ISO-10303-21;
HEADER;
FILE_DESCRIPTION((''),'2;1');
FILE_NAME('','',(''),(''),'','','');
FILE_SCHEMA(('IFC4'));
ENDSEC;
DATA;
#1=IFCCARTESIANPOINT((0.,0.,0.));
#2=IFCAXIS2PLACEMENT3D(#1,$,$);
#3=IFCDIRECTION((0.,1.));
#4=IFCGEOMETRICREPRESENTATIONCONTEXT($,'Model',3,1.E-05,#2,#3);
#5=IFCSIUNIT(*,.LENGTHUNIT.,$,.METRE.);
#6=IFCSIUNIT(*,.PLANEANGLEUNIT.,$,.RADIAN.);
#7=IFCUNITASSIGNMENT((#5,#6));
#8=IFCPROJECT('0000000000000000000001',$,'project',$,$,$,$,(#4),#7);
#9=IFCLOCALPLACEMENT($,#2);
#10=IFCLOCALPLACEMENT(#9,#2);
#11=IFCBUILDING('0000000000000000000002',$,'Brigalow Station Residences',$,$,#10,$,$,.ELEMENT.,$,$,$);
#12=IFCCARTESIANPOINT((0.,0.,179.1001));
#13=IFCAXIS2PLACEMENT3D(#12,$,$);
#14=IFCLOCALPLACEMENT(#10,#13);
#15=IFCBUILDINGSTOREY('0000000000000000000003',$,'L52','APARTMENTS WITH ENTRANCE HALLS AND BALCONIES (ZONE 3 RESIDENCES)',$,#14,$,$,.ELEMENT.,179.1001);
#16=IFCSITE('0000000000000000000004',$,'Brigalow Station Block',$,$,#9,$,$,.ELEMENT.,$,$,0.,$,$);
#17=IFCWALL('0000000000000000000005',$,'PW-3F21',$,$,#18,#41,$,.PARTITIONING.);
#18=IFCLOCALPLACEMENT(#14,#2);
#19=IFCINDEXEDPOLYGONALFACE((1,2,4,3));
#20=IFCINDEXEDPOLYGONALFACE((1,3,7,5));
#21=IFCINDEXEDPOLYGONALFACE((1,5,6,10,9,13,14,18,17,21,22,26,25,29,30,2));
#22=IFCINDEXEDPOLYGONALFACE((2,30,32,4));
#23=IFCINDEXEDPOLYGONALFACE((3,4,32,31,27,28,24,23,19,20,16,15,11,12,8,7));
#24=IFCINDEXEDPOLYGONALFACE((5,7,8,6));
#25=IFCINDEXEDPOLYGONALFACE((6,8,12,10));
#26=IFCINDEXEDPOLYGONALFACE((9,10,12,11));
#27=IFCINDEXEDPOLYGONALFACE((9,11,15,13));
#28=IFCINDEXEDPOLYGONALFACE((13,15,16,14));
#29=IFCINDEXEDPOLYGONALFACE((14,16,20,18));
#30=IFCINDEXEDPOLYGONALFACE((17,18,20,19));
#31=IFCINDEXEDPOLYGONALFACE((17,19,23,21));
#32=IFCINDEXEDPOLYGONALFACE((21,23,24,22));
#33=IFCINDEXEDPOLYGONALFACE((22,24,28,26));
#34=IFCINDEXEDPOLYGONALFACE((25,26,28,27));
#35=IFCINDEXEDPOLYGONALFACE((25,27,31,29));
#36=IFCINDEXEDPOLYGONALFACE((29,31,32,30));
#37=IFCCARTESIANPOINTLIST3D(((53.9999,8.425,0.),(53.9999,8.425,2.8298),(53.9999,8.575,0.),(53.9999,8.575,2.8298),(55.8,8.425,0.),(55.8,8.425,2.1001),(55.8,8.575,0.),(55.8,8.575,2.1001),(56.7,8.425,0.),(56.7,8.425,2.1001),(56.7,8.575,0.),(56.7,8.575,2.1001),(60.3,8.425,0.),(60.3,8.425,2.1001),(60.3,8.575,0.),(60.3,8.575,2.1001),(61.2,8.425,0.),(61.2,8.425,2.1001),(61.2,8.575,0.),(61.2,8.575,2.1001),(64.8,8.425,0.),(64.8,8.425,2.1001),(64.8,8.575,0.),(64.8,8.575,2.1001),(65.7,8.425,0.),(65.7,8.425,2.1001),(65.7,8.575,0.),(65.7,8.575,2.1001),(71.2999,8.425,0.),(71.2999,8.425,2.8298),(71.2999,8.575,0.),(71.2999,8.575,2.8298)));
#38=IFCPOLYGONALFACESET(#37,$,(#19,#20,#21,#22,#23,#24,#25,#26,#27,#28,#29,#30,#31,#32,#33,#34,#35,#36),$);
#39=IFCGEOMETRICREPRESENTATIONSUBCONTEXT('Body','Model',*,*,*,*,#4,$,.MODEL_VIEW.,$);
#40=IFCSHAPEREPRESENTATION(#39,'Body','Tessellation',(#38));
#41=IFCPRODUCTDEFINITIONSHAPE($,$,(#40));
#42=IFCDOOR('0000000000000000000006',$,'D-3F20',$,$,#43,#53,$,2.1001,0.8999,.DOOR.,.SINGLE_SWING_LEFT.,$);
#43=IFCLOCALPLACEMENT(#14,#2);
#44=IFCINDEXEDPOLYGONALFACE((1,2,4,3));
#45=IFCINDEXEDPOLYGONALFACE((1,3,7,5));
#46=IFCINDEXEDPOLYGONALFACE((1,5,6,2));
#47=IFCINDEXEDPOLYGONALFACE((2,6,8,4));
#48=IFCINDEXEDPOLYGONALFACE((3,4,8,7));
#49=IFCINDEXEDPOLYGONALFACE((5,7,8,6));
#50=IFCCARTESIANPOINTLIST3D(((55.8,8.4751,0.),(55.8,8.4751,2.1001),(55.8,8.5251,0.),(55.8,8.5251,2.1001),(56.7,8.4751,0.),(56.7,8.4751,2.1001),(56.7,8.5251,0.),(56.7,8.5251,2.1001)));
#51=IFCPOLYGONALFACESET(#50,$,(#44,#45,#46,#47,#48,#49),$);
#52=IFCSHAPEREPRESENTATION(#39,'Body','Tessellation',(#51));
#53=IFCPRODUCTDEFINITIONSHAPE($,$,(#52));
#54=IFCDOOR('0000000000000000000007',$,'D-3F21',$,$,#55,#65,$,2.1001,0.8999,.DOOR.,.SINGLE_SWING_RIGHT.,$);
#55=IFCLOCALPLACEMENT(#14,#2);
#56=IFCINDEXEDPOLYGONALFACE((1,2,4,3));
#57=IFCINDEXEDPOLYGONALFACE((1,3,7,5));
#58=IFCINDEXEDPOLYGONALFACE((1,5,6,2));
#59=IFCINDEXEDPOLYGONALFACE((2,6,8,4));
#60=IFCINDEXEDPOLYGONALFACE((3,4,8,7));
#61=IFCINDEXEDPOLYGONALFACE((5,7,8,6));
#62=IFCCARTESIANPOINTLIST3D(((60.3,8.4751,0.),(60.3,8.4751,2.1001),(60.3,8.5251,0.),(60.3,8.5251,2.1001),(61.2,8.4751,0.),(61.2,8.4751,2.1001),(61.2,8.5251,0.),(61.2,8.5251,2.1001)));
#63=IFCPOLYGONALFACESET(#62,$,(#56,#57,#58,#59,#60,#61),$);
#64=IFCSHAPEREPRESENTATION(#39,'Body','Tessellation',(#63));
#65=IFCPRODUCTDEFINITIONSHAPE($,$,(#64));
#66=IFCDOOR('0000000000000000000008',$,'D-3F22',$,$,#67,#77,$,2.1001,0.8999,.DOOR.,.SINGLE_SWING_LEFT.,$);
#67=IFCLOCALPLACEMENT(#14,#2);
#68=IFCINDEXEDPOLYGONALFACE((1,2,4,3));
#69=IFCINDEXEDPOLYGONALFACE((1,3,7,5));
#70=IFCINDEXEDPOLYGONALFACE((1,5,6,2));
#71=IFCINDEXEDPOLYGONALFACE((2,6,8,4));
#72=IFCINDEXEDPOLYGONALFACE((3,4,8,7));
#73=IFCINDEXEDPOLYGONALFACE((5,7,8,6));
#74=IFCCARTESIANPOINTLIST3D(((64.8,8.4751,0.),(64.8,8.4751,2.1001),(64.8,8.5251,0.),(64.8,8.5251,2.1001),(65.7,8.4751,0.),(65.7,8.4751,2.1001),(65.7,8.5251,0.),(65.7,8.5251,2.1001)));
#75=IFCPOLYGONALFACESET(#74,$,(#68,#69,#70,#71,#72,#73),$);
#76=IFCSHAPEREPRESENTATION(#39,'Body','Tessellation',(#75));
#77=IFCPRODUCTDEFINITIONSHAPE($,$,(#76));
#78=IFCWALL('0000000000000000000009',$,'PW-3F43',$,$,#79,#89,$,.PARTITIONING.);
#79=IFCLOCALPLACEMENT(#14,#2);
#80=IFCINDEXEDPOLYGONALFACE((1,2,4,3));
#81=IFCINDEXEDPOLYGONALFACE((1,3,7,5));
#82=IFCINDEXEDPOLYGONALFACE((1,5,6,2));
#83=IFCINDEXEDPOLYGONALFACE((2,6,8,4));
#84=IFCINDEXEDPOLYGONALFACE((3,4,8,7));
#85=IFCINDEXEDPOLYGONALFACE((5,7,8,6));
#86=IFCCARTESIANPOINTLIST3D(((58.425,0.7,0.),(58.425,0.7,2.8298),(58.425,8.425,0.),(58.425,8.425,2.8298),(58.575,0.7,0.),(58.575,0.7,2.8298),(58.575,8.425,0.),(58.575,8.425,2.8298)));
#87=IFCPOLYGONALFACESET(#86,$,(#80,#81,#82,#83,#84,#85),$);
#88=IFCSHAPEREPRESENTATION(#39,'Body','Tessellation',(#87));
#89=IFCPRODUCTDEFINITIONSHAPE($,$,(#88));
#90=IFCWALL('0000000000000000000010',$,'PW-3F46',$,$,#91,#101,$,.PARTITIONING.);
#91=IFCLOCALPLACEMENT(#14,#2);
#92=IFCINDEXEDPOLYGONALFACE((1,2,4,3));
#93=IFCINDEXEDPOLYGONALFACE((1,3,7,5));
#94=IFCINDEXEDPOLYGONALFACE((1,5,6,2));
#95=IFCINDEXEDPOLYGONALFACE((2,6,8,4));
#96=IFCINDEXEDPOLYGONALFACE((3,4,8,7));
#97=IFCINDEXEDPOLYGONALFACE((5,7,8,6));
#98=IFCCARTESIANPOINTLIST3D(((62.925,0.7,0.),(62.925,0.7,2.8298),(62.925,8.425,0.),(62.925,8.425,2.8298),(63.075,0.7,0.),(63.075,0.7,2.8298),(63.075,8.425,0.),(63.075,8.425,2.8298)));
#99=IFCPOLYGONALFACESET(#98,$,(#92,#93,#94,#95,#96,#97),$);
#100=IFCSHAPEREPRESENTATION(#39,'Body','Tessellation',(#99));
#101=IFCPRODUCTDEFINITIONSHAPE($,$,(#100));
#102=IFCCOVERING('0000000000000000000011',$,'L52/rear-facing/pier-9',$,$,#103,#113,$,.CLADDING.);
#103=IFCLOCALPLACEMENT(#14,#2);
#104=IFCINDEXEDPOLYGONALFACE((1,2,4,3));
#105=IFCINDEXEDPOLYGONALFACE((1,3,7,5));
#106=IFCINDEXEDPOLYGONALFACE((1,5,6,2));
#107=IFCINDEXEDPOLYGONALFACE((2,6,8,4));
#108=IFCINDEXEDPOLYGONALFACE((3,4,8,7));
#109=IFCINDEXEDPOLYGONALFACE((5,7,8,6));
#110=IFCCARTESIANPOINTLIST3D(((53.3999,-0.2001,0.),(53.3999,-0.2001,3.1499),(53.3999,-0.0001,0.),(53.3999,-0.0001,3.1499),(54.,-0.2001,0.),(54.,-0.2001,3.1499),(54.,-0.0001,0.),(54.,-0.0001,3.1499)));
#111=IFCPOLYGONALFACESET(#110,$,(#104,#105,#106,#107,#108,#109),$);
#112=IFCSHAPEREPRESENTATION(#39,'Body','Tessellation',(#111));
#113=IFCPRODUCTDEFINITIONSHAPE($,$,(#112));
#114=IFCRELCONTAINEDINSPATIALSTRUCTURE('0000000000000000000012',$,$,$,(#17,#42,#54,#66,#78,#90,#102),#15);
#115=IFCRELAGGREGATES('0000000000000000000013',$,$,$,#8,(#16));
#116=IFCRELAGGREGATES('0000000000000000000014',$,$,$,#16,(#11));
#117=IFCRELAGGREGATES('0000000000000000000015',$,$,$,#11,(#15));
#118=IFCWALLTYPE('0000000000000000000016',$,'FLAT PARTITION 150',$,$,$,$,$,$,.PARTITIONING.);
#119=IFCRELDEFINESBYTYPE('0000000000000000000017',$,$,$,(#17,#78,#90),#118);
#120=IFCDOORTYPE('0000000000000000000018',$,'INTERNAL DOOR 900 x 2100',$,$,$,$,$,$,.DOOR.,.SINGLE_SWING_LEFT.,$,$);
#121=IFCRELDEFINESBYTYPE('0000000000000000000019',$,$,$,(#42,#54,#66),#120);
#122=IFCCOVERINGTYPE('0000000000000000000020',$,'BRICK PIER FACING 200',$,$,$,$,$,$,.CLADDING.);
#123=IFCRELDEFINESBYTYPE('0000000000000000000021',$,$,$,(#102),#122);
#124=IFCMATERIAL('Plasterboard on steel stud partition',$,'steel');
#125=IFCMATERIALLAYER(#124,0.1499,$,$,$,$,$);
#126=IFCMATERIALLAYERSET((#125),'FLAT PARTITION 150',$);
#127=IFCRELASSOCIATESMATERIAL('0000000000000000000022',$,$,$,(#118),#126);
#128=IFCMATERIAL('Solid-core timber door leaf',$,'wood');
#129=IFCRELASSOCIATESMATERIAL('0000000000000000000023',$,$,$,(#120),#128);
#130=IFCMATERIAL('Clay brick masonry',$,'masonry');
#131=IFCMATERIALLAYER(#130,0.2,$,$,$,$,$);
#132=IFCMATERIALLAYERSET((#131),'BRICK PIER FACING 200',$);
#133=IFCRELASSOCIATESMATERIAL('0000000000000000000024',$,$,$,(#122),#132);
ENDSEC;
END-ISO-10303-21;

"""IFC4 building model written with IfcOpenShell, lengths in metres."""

from ifc_helpers import new_model, si_unit, direction, frame, frame_2d, origin, origin_2d, place, context, subcontext, project, spatial, rectangle, extrude, material, layer, layer_set, type_object, element, fill, save


model = new_model("IFC4")

# Units and contexts
model_context = context("Model", 3, precision=1e-05, world=origin(), true_north=direction((0.0, 1.0)))
body_context = subcontext(model_context, "Body", "Model", "MODEL_VIEW")
ifc_project = project(units=[si_unit("LENGTHUNIT", "METRE"), si_unit("PLANEANGLEUNIT", "RADIAN")], contexts=[model_context])

# Site, building, storey
site_placement = place(None, origin())
site = spatial("IfcSite", under=ifc_project, at=site_placement, Name="Brigalow Station Block", CompositionType="ELEMENT", RefElevation=0.0)
building_placement = place(site_placement, origin())
building = spatial("IfcBuilding", under=site, at=building_placement, Name="Brigalow Station Residences", CompositionType="ELEMENT")
storey_placement = place(building_placement, frame((0.0, 0.0, 179.1001)))
storey = spatial("IfcBuildingStorey", under=building, at=storey_placement, Name="L52", Description="APARTMENTS WITH ENTRANCE HALLS AND BALCONIES (ZONE 3 RESIDENCES)", CompositionType="ELEMENT", Elevation=179.1001)

# Wall, openings, doors
ifc_material_1 = material(Name="Plasterboard on steel stud partition", Category="steel")
ifc_layer_1 = layer(ifc_material_1, 0.1499)
ifc_layer_set_1 = layer_set([ifc_layer_1], Name="FLAT PARTITION 150")
wall_type_1 = type_object("IfcWallType", Name="FLAT PARTITION 150", PredefinedType="PARTITIONING", material=ifc_layer_set_1)
wall_1_placement = place(storey_placement, frame((54.0, 8.5, 0.0), z_axis=(0.0, 0.0, 1.0), x_axis=(1.0, 0.0, 0.0)))
wall_1 = element("IfcWall", 1, at=wall_1_placement, inside=storey, type_object=wall_type_1, Name="PW-3F21", PredefinedType="PARTITIONING", context=body_context, shape_type="SweptSolid", body=[
    extrude(rectangle(XDim=17.3, YDim=0.1499, at=frame_2d((8.6499, 0.0))), origin(), (0.0, 0.0, 1.0), 2.8298),
])
opening_1_placement = place(wall_1_placement, frame((1.8, 0.0, 0.0)))
opening_1 = element("IfcOpeningElement", 2, at=opening_1_placement, cuts=wall_1, PredefinedType="OPENING", context=body_context, shape_type="SweptSolid", body=[
    extrude(rectangle(XDim=0.8999, YDim=2.1001, at=frame_2d((0.45, 1.05))), frame((0.0, 0.085, 0.0), z_axis=(0.0, -1.0, 0.0), x_axis=(1.0, 0.0, 0.0)), (0.0, 0.0, 1.0), 0.1699),
])
opening_2_placement = place(wall_1_placement, frame((6.3, 0.0, 0.0)))
opening_2 = element("IfcOpeningElement", 3, at=opening_2_placement, cuts=wall_1, PredefinedType="OPENING", context=body_context, shape_type="SweptSolid", body=[
    extrude(rectangle(XDim=0.8999, YDim=2.1001, at=frame_2d((0.45, 1.05))), frame((0.0, 0.085, 0.0), z_axis=(0.0, -1.0, 0.0), x_axis=(1.0, 0.0, 0.0)), (0.0, 0.0, 1.0), 0.1699),
])
opening_3_placement = place(wall_1_placement, frame((10.8, 0.0, 0.0)))
opening_3 = element("IfcOpeningElement", 4, at=opening_3_placement, cuts=wall_1, PredefinedType="OPENING", context=body_context, shape_type="SweptSolid", body=[
    extrude(rectangle(XDim=0.8999, YDim=2.1001, at=frame_2d((0.45, 1.05))), frame((0.0, 0.085, 0.0), z_axis=(0.0, -1.0, 0.0), x_axis=(1.0, 0.0, 0.0)), (0.0, 0.0, 1.0), 0.1699),
])
ifc_material_2 = material(Name="Solid-core timber door leaf", Category="wood")
door_type = type_object("IfcDoorType", Name="INTERNAL DOOR 900 x 2100", OperationType="SINGLE_SWING_LEFT", PredefinedType="DOOR", material=ifc_material_2)
door_1_placement = place(opening_1_placement, frame((0.8999, 0.0, 0.0), z_axis=(0.0, 0.0, 1.0), x_axis=(-1.0, 0.0, 0.0)))
door_1 = element("IfcDoor", 5, at=door_1_placement, inside=storey, type_object=door_type, Name="D-3F20", OperationType="SINGLE_SWING_LEFT", OverallHeight=2.1001, OverallWidth=0.8999, PredefinedType="DOOR", context=body_context, shape_type="SweptSolid", body=[
    extrude(rectangle(XDim=0.8999, YDim=2.1001, at=frame_2d((0.45, 1.05))), frame((0.0, 0.0249, 0.0), z_axis=(0.0, -1.0, 0.0), x_axis=(1.0, 0.0, 0.0)), (0.0, 0.0, 1.0), 0.05),
])
fill(opening_1, door_1)
door_2_placement = place(opening_2_placement, frame((0.8999, 0.0, 0.0), z_axis=(0.0, 0.0, 1.0), x_axis=(-1.0, 0.0, 0.0)))
door_2 = element("IfcDoor", 6, at=door_2_placement, inside=storey, type_object=door_type, Name="D-3F21", OperationType="SINGLE_SWING_RIGHT", OverallHeight=2.1001, OverallWidth=0.8999, PredefinedType="DOOR", context=body_context, shape_type="SweptSolid", body=[
    extrude(rectangle(XDim=0.8999, YDim=2.1001, at=frame_2d((0.45, 1.05))), frame((0.0, 0.0249, 0.0), z_axis=(0.0, -1.0, 0.0), x_axis=(1.0, 0.0, 0.0)), (0.0, 0.0, 1.0), 0.05),
])
fill(opening_2, door_2)
door_3_placement = place(opening_3_placement, frame((0.8999, 0.0, 0.0), z_axis=(0.0, 0.0, 1.0), x_axis=(-1.0, 0.0, 0.0)))
door_3 = element("IfcDoor", 7, at=door_3_placement, inside=storey, type_object=door_type, Name="D-3F22", OperationType="SINGLE_SWING_LEFT", OverallHeight=2.1001, OverallWidth=0.8999, PredefinedType="DOOR", context=body_context, shape_type="SweptSolid", body=[
    extrude(rectangle(XDim=0.8999, YDim=2.1001, at=frame_2d((0.45, 1.05))), frame((0.0, 0.0249, 0.0), z_axis=(0.0, -1.0, 0.0), x_axis=(1.0, 0.0, 0.0)), (0.0, 0.0, 1.0), 0.05),
])
fill(opening_3, door_3)

# Walls
for number, where, z_axis, x_axis, name in (
    (8, (58.5, 0.7, 0.0), (0.0, 0.0, 1.0), (0.0, 1.0, 0.0), "PW-3F43"),
    (9, (63.0, 0.7, 0.0), (0.0, 0.0, 1.0), (0.0, 1.0, 0.0), "PW-3F46"),
):
    element("IfcWall", number, at=place(storey_placement, frame(where, z_axis=z_axis, x_axis=x_axis)), inside=storey, type_object=wall_type_1, Name=name, PredefinedType="PARTITIONING", context=body_context, shape_type="SweptSolid", body=[
        extrude(rectangle(XDim=7.7251, YDim=0.1499, at=frame_2d((3.8625, 0.0))), origin(), (0.0, 0.0, 1.0), 2.8298),
    ])

# Covering
ifc_material_3 = material(Name="Clay brick masonry", Category="masonry")
ifc_layer_2 = layer(ifc_material_3, 0.2)
ifc_layer_set_2 = layer_set([ifc_layer_2], Name="BRICK PIER FACING 200")
covering_type = type_object("IfcCoveringType", Name="BRICK PIER FACING 200", PredefinedType="CLADDING", material=ifc_layer_set_2)
covering_placement = place(storey_placement, frame((53.7, -0.1001, 0.0), z_axis=(0.0, 0.0, 1.0), x_axis=(1.0, 0.0, 0.0)))
element("IfcCovering", 10, at=covering_placement, inside=storey, type_object=covering_type, Name="L52/rear-facing/pier-9", PredefinedType="CLADDING", context=body_context, shape_type="SweptSolid", body=[
    extrude(rectangle(XDim=0.6001, YDim=0.2, at=origin_2d()), origin(), (0.0, 0.0, 1.0), 3.1499),
])

save(model, "model.ifc")
